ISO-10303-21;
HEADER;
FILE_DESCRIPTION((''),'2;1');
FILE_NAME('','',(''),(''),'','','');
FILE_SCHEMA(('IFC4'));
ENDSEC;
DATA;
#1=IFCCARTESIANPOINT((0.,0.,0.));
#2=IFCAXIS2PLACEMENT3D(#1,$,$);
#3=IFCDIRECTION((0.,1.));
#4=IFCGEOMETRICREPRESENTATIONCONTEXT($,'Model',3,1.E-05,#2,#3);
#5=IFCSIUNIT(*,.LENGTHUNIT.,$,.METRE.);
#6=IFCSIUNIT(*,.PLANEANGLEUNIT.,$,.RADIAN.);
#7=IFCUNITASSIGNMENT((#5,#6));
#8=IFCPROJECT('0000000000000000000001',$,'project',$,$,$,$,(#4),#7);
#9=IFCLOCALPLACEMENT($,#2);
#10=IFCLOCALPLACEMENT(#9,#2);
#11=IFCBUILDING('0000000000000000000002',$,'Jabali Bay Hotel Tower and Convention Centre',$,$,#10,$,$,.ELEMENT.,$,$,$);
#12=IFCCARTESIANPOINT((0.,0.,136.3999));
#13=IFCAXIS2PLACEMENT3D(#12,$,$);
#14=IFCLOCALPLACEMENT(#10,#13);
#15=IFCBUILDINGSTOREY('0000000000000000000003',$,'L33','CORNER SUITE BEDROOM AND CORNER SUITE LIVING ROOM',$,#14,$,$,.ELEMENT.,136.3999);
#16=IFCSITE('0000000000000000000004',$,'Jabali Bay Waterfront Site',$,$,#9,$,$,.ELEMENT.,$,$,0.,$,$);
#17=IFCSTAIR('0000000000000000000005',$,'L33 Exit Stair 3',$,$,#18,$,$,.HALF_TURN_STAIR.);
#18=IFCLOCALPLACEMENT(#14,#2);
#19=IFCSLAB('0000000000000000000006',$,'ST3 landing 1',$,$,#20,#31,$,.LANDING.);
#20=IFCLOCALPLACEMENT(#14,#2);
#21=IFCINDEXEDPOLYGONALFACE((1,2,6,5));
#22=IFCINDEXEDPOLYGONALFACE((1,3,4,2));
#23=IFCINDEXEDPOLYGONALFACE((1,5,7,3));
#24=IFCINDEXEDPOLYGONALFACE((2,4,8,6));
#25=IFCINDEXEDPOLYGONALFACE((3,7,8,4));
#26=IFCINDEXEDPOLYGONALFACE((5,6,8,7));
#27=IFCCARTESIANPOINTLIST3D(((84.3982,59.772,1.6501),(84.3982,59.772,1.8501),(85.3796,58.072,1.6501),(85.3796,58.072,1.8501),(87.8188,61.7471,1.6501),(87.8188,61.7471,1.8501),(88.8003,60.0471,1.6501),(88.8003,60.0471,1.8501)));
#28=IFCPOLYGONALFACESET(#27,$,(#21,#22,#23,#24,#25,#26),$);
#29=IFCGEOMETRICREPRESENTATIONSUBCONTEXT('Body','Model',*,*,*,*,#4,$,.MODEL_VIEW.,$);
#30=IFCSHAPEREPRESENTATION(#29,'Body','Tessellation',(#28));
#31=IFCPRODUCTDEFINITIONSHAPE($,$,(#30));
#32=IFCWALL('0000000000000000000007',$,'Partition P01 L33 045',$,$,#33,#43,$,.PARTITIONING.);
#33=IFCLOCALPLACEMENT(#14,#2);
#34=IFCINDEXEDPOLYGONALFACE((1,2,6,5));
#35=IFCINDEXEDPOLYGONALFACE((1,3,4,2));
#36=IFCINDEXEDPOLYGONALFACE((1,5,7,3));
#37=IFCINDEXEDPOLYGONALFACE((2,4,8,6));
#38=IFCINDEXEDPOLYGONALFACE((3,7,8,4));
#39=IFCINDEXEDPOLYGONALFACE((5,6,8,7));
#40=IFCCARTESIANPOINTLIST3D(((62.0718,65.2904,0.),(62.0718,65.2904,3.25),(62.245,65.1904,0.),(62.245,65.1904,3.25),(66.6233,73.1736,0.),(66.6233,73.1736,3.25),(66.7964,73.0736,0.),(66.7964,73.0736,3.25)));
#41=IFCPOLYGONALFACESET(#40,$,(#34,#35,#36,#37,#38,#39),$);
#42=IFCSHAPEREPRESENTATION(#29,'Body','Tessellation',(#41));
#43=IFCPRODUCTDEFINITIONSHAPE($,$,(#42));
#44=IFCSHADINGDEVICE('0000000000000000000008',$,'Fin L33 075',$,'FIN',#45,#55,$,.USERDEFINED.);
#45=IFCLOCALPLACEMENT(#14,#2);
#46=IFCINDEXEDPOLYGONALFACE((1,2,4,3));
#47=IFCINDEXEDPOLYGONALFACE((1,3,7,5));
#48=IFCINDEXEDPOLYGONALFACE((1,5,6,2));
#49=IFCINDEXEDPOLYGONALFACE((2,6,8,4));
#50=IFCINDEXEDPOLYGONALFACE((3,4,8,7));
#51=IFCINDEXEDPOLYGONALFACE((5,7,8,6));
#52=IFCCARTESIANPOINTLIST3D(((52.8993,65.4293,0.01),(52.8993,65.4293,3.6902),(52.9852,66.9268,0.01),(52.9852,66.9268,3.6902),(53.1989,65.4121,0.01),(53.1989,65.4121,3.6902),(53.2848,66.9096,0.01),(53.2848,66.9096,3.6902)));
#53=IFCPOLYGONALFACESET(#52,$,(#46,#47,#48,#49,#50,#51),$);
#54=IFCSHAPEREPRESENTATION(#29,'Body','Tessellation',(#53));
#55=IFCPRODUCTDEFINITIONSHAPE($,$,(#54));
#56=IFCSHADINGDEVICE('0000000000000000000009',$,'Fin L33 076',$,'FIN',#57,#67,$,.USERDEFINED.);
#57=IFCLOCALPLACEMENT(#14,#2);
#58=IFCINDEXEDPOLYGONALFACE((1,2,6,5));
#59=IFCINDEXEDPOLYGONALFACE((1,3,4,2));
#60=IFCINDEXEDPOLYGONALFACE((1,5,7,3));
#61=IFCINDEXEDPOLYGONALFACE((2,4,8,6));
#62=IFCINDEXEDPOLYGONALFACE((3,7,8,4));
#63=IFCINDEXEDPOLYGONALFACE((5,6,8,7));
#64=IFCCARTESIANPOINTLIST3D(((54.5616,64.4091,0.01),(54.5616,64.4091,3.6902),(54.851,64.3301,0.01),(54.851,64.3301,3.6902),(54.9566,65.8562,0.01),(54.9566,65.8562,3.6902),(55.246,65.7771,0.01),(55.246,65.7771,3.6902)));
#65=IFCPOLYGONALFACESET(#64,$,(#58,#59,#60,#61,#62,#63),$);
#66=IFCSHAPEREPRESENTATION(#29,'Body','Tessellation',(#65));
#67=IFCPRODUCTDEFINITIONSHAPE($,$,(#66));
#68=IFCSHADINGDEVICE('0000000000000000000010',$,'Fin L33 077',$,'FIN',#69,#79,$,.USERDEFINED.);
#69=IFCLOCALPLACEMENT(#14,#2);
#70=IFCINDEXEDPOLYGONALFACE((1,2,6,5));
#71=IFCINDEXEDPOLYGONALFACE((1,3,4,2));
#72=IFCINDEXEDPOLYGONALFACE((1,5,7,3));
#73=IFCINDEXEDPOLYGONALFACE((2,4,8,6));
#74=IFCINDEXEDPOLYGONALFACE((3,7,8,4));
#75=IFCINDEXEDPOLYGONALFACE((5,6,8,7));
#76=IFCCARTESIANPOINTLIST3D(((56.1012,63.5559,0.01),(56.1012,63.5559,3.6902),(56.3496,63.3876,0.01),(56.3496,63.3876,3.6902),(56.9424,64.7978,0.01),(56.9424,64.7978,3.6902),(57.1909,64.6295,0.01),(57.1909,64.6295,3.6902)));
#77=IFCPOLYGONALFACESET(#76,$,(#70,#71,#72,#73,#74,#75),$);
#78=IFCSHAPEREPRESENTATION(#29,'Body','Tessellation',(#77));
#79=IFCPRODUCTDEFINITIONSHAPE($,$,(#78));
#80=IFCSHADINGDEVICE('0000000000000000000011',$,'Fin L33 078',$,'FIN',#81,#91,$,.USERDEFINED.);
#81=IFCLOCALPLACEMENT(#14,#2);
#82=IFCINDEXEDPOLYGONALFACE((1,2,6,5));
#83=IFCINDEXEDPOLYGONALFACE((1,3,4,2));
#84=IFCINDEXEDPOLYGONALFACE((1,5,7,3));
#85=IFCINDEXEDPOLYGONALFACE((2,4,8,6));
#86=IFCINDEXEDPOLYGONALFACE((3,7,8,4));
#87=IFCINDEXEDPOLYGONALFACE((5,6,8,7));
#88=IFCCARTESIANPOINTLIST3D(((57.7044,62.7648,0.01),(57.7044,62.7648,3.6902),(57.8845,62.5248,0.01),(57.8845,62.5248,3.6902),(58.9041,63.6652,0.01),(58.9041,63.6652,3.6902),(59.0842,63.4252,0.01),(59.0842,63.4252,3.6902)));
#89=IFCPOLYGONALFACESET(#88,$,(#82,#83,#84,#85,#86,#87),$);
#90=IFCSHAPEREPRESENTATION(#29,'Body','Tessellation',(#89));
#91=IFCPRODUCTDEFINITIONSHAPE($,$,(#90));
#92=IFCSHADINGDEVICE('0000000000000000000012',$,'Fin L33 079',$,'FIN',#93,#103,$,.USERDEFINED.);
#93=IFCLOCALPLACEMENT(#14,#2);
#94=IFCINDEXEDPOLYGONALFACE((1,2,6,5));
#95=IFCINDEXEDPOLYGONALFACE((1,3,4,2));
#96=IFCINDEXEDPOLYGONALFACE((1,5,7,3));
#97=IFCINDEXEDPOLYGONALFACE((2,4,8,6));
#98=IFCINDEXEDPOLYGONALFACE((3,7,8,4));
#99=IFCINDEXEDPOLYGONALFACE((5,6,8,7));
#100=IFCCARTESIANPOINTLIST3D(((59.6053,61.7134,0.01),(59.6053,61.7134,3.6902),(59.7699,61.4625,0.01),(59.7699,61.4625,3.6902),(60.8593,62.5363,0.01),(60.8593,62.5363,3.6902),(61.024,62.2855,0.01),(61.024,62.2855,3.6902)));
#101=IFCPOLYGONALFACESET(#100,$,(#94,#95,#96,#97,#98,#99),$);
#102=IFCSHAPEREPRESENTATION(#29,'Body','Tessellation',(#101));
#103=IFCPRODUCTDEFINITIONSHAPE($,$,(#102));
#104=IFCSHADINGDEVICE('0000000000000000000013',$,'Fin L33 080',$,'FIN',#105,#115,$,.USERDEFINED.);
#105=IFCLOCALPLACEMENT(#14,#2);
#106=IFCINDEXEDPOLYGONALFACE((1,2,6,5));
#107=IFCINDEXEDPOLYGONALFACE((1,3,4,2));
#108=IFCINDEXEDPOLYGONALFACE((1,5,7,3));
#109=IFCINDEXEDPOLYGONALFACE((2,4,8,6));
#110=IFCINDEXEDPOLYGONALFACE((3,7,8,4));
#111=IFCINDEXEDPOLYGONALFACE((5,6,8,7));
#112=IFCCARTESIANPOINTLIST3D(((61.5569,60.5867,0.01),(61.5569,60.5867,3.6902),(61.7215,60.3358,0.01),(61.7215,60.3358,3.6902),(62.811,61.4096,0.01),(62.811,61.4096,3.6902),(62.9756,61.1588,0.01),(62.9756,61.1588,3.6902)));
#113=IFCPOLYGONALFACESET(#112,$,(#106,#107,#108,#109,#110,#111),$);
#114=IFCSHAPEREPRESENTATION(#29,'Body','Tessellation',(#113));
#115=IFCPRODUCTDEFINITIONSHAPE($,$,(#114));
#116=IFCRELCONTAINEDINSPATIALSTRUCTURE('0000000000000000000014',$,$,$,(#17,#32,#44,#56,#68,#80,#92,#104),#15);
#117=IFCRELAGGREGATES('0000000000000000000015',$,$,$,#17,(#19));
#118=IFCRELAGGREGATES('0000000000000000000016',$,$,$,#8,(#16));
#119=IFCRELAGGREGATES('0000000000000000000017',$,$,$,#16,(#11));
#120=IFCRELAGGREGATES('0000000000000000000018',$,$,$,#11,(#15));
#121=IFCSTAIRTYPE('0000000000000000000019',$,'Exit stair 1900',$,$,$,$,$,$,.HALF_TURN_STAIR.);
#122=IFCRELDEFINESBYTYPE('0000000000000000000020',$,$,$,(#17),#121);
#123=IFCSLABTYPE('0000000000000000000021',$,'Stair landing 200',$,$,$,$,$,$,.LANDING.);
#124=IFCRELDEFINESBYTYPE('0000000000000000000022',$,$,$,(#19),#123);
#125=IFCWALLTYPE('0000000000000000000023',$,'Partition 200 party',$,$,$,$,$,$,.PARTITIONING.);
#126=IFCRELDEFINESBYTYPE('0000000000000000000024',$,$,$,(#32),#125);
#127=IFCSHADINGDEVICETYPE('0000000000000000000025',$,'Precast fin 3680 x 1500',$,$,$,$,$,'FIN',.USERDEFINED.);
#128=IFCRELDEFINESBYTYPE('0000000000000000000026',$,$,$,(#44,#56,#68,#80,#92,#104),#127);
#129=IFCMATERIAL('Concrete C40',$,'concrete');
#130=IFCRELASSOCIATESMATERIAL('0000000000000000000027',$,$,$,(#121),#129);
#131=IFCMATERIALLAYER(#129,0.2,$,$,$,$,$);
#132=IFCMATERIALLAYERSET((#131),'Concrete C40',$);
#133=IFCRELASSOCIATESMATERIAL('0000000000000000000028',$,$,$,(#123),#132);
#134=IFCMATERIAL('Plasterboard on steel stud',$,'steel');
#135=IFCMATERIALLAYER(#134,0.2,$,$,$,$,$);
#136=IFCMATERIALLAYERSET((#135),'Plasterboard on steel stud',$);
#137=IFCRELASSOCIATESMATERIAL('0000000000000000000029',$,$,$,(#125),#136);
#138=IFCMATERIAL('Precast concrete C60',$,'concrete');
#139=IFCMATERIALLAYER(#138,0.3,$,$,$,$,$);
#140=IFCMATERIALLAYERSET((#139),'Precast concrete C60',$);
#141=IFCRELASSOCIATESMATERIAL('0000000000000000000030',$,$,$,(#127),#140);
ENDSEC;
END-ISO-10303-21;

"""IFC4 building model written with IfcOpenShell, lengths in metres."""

from ifc_helpers import new_model, si_unit, direction, frame, frame_2d, origin, place, context, subcontext, project, spatial, polyline, rectangle, outline, extrude, material, layer, layer_set, type_object, element, aggregate, save


model = new_model("IFC4")

# Units and contexts
model_context = context("Model", 3, precision=1e-05, world=origin(), true_north=direction((0.0, 1.0)))
body_context = subcontext(model_context, "Body", "Model", "MODEL_VIEW")
ifc_project = project(units=[si_unit("LENGTHUNIT", "METRE"), si_unit("PLANEANGLEUNIT", "RADIAN")], contexts=[model_context])

# Site, building, storey
site_placement = place(None, origin())
site = spatial("IfcSite", under=ifc_project, at=site_placement, Name="Jabali Bay Waterfront Site", CompositionType="ELEMENT", RefElevation=0.0)
building_placement = place(site_placement, origin())
building = spatial("IfcBuilding", under=site, at=building_placement, Name="Jabali Bay Hotel Tower and Convention Centre", CompositionType="ELEMENT")
storey_placement = place(building_placement, frame((0.0, 0.0, 136.3999)))
storey = spatial("IfcBuildingStorey", under=building, at=storey_placement, Name="L33", Description="CORNER SUITE BEDROOM AND CORNER SUITE LIVING ROOM", CompositionType="ELEMENT", Elevation=136.3999)

# Shared definitions
ifc_material_1 = material(Name="Concrete C40", Category="concrete")

# Stair, slab
stair_type = type_object("IfcStairType", Name="Exit stair 1900", PredefinedType="HALF_TURN_STAIR", material=ifc_material_1)
ifc_layer_1 = layer(ifc_material_1, 0.2)
ifc_layer_set_1 = layer_set([ifc_layer_1], Name="Concrete C40")
slab_type_1 = type_object("IfcSlabType", Name="Stair landing 200", PredefinedType="LANDING", material=ifc_layer_set_1)
stair_1_placement = place(storey_placement, origin())
stair_1 = element("IfcStair", 1, at=stair_1_placement, inside=storey, type_object=stair_type, Name="L33 Exit Stair 3", PredefinedType="HALF_TURN_STAIR")
slab_1_placement = place(storey_placement, frame((0.0, 0.0, 1.6501)))
slab_1 = element("IfcSlab", 2, at=slab_1_placement, type_object=slab_type_1, Name="ST3 landing 1", PredefinedType="LANDING", context=body_context, shape_type="SweptSolid", body=[
    extrude(outline(polyline([(84.3982, 59.772), (85.3796, 58.072), (88.8003, 60.0471), (87.8188, 61.7471), (84.3982, 59.772)])), origin(), (0.0, 0.0, 1.0), 0.2),
])
aggregate(stair_1, [slab_1])

# Wall
ifc_material_2 = material(Name="Plasterboard on steel stud", Category="steel")
ifc_layer_2 = layer(ifc_material_2, 0.2)
ifc_layer_set_2 = layer_set([ifc_layer_2], Name="Plasterboard on steel stud")
wall_type = type_object("IfcWallType", Name="Partition 200 party", PredefinedType="PARTITIONING", material=ifc_layer_set_2)
wall_placement = place(storey_placement, frame((62.1584, 65.2405, 0.0), z_axis=(0.0, 0.0, 1.0), x_axis=(0.500007, 0.866021, 0.0)))
element("IfcWall", 3, at=wall_placement, inside=storey, type_object=wall_type, Name="Partition P01 L33 045", PredefinedType="PARTITIONING", context=body_context, shape_type="SweptSolid", body=[
    extrude(rectangle(XDim=9.1028, YDim=0.2, at=frame_2d((4.5513, 0.0))), origin(), (0.0, 0.0, 1.0), 3.25),
])

# Shading devices
ifc_material_3 = material(Name="Precast concrete C60", Category="concrete")
ifc_layer_3 = layer(ifc_material_3, 0.3)
ifc_layer_set_3 = layer_set([ifc_layer_3], Name="Precast concrete C60")
shading_device_type = type_object("IfcShadingDeviceType", Name="Precast fin 3680 x 1500", ElementType="FIN", PredefinedType="USERDEFINED", material=ifc_layer_set_3)
for number, where, z_axis, x_axis, name in (
    (4, (53.135, 66.9182, 0.01), (0.0, 0.0, 1.0), (-0.057291, -0.998358, 0.0), "Fin L33 075"),
    (5, (55.1013, 65.8167, 0.01), (0.0, 0.0, 1.0), (-0.263352, -0.9647, 0.0), "Fin L33 076"),
    (6, (57.0667, 64.7136, 0.01), (0.0, 0.0, 1.0), (-0.560845, -0.827921, 0.0), "Fin L33 077"),
    (7, (58.9941, 63.5452, 0.01), (0.0, 0.0, 1.0), (-0.799805, -0.60026, 0.0), "Fin L33 078"),
    (8, (60.9417, 62.4109, 0.01), (0.0, 0.0, 1.0), (-0.83606, -0.548639, 0.0), "Fin L33 079"),
    (9, (62.8933, 61.2842, 0.01), (0.0, 0.0, 1.0), (-0.83606, -0.548639, 0.0), "Fin L33 080"),
):
    element("IfcShadingDevice", number, at=place(storey_placement, frame(where, z_axis=z_axis, x_axis=x_axis)), inside=storey, type_object=shading_device_type, Name=name, ObjectType="FIN", PredefinedType="USERDEFINED", context=body_context, shape_type="SweptSolid", body=[
        extrude(rectangle(XDim=1.5, YDim=0.3, at=frame_2d((0.75, 0.0))), origin(), (0.0, 0.0, 1.0), 3.6802),
    ])

save(model, "model.ifc")
